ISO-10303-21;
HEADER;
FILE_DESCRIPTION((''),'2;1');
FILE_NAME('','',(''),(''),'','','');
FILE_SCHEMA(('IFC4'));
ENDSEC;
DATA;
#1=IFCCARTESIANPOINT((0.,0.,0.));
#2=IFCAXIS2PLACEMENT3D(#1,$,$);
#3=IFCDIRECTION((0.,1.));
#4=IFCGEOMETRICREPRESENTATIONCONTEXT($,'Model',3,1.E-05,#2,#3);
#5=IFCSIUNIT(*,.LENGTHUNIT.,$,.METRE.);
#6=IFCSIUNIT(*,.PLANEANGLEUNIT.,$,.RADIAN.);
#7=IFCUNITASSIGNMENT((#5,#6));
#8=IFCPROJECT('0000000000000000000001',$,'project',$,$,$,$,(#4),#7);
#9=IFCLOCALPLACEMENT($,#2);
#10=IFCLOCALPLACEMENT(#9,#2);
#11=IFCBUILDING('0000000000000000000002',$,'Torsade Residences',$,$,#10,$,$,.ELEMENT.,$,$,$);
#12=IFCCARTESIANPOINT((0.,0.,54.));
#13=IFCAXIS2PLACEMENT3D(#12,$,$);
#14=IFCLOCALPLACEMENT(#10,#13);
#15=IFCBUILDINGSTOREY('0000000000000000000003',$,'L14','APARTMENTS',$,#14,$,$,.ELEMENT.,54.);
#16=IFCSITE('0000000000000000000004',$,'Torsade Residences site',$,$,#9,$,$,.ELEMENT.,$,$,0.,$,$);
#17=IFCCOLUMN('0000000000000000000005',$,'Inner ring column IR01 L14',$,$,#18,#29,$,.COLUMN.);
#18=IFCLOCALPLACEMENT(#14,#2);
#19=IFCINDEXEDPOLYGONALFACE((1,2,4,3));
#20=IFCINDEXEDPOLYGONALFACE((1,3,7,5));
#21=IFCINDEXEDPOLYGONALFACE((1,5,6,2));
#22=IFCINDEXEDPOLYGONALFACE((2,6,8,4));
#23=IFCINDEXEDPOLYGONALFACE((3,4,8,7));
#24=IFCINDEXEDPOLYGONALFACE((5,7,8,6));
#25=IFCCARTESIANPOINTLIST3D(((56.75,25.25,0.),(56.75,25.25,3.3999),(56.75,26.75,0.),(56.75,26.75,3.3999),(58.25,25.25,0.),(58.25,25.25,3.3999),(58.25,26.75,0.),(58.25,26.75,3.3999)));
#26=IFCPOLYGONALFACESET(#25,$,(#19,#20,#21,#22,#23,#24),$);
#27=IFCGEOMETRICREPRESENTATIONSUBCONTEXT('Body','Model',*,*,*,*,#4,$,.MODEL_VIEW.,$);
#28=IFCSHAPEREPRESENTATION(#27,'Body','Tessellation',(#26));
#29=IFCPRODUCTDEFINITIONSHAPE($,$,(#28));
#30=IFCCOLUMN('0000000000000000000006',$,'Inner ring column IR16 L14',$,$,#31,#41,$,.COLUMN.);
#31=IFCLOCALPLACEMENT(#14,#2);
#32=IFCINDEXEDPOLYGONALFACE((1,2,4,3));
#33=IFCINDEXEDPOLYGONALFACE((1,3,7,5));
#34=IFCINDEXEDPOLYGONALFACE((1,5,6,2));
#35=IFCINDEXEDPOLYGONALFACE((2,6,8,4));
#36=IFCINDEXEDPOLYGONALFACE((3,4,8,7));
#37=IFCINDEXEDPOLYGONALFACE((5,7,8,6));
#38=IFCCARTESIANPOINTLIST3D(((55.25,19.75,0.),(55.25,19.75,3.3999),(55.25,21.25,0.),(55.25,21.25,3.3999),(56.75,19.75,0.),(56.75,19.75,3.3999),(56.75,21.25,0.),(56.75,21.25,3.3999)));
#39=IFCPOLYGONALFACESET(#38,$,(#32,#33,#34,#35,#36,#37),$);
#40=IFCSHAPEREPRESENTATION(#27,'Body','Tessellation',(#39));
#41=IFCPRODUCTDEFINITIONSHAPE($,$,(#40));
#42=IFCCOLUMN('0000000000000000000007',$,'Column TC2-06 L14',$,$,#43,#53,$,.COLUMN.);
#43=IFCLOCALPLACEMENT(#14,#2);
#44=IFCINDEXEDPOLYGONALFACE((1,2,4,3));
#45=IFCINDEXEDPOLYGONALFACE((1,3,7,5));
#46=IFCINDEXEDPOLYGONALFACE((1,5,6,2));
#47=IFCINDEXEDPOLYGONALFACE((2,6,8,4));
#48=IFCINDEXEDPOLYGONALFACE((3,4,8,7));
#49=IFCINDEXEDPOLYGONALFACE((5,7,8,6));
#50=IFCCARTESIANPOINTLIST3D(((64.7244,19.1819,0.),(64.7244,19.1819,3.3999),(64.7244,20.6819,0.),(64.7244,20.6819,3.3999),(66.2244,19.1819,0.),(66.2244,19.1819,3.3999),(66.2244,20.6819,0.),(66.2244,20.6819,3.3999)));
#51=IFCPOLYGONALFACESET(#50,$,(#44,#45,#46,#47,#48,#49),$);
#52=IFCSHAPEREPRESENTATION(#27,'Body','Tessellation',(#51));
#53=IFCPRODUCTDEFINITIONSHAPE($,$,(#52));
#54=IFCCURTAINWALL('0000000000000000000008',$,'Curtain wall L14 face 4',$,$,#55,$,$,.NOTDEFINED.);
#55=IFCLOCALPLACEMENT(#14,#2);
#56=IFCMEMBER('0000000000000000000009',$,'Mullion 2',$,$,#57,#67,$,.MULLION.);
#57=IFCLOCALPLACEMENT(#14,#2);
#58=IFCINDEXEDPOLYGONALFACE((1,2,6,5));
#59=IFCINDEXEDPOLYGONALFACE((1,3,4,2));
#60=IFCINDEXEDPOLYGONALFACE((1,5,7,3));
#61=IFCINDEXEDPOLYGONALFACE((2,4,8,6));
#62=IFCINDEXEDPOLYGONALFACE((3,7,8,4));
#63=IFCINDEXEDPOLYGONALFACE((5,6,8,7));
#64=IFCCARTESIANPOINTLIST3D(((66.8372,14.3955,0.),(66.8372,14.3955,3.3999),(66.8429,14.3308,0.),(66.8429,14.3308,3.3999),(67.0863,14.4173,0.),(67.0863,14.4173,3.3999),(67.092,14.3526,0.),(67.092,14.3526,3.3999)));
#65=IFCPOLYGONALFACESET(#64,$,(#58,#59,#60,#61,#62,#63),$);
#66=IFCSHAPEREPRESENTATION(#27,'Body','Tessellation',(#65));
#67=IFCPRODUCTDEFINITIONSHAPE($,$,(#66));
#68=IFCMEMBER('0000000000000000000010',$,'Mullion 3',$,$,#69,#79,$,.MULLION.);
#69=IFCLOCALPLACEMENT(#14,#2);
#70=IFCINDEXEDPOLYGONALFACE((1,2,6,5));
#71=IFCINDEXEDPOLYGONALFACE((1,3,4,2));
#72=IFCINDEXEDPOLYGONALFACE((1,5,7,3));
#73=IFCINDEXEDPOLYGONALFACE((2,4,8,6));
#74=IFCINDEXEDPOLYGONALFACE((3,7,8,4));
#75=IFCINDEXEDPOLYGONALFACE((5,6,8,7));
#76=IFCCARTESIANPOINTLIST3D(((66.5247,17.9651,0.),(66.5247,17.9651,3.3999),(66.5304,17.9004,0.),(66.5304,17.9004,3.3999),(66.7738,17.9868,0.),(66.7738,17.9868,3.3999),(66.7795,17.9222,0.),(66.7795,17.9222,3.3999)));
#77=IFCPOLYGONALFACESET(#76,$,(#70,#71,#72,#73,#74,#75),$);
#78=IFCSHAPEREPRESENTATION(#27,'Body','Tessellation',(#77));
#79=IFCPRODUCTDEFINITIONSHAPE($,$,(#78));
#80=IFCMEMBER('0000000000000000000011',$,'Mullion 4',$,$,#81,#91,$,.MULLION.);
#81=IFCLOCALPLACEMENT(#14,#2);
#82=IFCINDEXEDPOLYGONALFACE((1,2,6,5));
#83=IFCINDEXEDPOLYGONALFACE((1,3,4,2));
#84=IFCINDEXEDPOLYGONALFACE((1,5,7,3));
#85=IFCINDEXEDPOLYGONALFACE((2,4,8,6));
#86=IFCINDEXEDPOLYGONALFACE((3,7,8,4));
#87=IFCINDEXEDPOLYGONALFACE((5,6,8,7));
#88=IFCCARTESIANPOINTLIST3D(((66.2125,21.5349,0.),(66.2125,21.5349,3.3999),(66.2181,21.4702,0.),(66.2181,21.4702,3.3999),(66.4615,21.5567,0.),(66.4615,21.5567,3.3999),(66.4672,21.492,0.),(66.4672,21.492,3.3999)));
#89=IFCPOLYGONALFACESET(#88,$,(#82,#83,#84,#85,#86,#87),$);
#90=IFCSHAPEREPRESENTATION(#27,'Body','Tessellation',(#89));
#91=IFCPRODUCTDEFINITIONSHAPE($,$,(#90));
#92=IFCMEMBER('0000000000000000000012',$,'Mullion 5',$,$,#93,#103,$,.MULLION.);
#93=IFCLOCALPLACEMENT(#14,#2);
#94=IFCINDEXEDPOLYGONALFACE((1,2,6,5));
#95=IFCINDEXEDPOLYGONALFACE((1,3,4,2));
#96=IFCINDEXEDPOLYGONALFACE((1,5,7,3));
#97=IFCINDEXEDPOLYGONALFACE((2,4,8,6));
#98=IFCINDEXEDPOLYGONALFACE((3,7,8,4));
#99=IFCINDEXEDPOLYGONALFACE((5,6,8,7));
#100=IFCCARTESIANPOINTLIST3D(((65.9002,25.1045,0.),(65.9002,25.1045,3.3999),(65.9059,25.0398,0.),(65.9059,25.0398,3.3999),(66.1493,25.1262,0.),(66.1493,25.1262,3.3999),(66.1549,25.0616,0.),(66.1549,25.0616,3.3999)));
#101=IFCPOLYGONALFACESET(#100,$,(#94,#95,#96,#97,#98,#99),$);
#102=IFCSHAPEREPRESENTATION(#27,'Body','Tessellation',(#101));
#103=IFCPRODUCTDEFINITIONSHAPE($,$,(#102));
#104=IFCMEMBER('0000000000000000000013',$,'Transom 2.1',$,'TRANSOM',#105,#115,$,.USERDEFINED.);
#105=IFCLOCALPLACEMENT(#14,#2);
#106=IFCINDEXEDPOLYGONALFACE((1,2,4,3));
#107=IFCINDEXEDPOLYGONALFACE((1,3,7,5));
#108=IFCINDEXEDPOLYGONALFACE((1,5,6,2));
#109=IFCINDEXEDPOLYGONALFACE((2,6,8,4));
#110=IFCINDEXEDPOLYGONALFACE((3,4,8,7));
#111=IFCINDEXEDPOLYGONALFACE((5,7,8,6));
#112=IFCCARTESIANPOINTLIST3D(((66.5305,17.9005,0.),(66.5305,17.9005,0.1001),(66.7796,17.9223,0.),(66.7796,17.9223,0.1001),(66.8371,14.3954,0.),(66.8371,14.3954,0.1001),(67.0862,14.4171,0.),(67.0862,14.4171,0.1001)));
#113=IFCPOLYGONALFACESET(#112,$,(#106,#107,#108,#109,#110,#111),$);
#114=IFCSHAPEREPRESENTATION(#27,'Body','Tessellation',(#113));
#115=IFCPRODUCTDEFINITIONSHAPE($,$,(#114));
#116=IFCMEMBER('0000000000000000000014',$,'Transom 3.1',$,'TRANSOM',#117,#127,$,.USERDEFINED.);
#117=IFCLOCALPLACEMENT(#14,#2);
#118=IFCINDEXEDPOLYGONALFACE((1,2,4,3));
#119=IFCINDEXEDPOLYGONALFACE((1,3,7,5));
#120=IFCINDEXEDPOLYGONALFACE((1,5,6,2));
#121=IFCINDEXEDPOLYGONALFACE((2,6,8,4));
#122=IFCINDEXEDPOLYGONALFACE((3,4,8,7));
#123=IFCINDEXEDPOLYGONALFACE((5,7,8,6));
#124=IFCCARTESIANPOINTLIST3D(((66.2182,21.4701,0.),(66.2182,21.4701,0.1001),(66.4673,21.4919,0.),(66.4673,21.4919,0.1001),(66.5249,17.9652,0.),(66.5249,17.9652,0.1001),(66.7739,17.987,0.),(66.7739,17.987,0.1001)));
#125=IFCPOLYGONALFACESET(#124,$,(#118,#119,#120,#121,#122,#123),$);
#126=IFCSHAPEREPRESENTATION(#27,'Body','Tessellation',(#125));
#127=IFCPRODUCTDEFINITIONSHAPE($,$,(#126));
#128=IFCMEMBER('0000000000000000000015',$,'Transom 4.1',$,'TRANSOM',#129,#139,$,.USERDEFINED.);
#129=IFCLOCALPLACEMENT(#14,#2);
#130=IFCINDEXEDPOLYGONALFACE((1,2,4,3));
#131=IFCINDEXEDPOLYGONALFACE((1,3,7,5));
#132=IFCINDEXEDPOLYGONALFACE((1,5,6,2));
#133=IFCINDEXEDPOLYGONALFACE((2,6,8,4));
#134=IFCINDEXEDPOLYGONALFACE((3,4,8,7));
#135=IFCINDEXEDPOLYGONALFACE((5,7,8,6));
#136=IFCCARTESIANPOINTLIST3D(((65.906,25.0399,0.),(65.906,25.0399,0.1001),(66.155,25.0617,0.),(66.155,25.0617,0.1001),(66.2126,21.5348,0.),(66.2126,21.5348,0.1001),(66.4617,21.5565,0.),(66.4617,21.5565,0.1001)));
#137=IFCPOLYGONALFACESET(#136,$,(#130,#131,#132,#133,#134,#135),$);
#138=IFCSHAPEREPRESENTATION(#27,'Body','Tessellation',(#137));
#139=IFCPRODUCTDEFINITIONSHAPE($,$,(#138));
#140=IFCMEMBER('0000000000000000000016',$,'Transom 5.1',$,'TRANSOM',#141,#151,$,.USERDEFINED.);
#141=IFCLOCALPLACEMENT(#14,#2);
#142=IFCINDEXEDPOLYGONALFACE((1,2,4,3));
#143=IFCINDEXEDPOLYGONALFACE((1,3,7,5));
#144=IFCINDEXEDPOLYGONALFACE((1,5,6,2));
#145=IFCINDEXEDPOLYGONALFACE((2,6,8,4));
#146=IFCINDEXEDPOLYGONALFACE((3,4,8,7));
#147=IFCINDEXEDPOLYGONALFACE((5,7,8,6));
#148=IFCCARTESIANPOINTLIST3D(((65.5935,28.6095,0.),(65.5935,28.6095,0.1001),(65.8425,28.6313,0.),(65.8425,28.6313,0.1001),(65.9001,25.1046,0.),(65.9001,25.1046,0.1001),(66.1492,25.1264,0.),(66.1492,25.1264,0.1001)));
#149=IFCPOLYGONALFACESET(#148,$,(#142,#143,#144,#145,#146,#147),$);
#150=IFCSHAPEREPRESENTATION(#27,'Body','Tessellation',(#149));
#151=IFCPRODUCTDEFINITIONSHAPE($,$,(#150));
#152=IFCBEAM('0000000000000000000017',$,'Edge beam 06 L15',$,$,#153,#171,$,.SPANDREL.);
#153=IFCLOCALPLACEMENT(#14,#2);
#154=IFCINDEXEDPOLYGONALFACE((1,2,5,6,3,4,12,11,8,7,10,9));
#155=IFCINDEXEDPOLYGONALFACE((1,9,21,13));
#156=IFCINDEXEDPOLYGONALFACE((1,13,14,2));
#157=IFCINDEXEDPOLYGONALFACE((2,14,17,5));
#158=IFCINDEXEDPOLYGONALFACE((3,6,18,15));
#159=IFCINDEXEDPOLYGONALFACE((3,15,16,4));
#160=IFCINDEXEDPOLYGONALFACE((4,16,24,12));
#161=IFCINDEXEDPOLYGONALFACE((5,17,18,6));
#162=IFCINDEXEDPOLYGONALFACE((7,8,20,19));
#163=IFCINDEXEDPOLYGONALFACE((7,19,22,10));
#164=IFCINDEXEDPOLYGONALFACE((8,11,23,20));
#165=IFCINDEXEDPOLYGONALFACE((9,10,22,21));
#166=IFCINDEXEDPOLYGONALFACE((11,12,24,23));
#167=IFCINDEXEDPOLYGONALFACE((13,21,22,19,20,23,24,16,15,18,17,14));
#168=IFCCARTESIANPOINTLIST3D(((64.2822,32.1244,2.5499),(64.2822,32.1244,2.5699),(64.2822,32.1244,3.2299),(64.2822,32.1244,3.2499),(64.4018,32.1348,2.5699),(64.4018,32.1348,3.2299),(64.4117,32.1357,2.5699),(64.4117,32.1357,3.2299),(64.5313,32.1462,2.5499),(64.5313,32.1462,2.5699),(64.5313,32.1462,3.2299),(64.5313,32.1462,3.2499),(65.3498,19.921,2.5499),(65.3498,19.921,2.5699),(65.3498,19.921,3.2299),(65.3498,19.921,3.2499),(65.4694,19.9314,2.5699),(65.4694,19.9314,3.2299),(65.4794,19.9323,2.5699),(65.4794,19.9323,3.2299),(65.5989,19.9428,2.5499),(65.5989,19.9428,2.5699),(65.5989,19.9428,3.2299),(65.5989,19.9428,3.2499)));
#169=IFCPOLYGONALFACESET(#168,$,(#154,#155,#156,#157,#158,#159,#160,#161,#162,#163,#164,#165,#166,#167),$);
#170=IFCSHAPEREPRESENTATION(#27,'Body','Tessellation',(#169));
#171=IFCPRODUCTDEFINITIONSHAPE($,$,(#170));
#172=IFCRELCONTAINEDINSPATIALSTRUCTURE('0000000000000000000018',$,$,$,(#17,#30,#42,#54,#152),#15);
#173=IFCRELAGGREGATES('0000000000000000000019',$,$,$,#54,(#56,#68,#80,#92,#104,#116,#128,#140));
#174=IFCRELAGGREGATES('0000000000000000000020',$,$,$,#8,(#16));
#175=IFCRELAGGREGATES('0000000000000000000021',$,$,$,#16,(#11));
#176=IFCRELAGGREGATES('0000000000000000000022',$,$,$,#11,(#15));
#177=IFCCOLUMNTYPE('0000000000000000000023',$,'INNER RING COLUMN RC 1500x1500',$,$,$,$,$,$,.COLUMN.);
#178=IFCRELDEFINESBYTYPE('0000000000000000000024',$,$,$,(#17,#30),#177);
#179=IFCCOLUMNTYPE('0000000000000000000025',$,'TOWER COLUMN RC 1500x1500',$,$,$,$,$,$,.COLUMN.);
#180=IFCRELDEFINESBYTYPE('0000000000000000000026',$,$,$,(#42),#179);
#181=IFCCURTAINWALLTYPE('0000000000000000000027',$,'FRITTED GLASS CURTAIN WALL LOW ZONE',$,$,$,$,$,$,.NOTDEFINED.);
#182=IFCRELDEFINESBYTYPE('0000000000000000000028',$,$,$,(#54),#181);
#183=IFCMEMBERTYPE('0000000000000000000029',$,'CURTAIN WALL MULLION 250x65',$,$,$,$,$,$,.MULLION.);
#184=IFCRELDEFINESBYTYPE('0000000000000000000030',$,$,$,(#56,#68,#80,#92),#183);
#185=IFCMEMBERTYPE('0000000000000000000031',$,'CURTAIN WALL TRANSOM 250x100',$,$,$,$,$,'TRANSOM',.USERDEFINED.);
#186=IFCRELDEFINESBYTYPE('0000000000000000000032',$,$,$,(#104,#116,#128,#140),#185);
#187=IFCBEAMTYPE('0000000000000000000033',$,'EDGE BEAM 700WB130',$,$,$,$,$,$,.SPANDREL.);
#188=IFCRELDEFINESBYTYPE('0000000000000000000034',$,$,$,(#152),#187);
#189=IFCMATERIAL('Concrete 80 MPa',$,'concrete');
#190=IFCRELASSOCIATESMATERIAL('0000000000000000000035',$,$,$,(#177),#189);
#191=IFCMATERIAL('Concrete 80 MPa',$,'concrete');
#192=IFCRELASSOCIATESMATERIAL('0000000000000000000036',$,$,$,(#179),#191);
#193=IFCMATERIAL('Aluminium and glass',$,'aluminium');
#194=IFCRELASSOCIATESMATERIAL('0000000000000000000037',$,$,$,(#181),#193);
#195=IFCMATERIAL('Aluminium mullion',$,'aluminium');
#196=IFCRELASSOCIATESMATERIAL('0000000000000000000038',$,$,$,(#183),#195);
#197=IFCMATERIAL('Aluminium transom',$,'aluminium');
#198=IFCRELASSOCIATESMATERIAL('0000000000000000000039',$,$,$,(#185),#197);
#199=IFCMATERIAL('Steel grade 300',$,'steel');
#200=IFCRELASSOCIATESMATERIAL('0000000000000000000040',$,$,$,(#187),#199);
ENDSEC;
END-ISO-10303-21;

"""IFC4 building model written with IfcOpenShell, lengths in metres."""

from ifc_helpers import new_model, si_unit, direction, frame, origin, origin_2d, place, context, subcontext, project, spatial, rectangle, i_section, extrude, material, material_profile, profile_set, type_object, element, aggregate, save


model = new_model("IFC4")

# Units and contexts
model_context = context("Model", 3, precision=1e-05, world=origin(), true_north=direction((0.0, 1.0)))
body_context = subcontext(model_context, "Body", "Model", "MODEL_VIEW")
ifc_project = project(units=[si_unit("LENGTHUNIT", "METRE"), si_unit("PLANEANGLEUNIT", "RADIAN")], contexts=[model_context])

# Site, building, storey
site_placement = place(None, origin())
site = spatial("IfcSite", under=ifc_project, at=site_placement, Name="Torsade Residences site", CompositionType="ELEMENT", RefElevation=0.0)
building_placement = place(site_placement, origin())
building = spatial("IfcBuilding", under=site, at=building_placement, Name="Torsade Residences", CompositionType="ELEMENT")
storey_placement = place(building_placement, frame((0.0, 0.0, 54.0)))
storey = spatial("IfcBuildingStorey", under=building, at=storey_placement, Name="L14", Description="APARTMENTS", CompositionType="ELEMENT", Elevation=54.0)

# Columns
ifc_material_1 = material(Name="Concrete 80 MPa", Category="concrete")
ifc_material_profile_1 = material_profile(ifc_material_1, rectangle(XDim=1.5, YDim=1.5, at=origin_2d()), Name="RC 1500x1500")
ifc_profile_set_1 = profile_set([ifc_material_profile_1], Name="Concrete 80 MPa")
column_type_1 = type_object("IfcColumnType", Name="INNER RING COLUMN RC 1500x1500", PredefinedType="COLUMN", material=ifc_profile_set_1)
for number, where, z_axis, x_axis, name in (
    (1, (57.5, 26.0, 0.0), (0.0, 0.0, 1.0), (1.0, 0.0, 0.0), "Inner ring column IR01 L14"),
    (2, (56.0, 20.5, 0.0), (0.0, 0.0, 1.0), (1.0, 0.0, 0.0), "Inner ring column IR16 L14"),
):
    element("IfcColumn", number, at=place(storey_placement, frame(where, z_axis=z_axis, x_axis=x_axis)), inside=storey, type_object=column_type_1, Name=name, PredefinedType="COLUMN", context=body_context, shape_type="SweptSolid", body=[
        extrude(rectangle(XDim=1.5, YDim=1.5, at=origin_2d()), origin(), (0.0, 0.0, 1.0), 3.3999),
    ])
ifc_material_2 = material(Name="Concrete 80 MPa", Category="concrete")
ifc_material_profile_2 = material_profile(ifc_material_2, rectangle(XDim=1.5, YDim=1.5, at=origin_2d()), Name="RC 1500x1500")
ifc_profile_set_2 = profile_set([ifc_material_profile_2], Name="Concrete 80 MPa")
column_type_2 = type_object("IfcColumnType", Name="TOWER COLUMN RC 1500x1500", PredefinedType="COLUMN", material=ifc_profile_set_2)
column_placement = place(storey_placement, frame((65.4744, 19.9319, 0.0), z_axis=(0.0, 0.0, 1.0), x_axis=(1.0, 0.0, 0.0)))
element("IfcColumn", 3, at=column_placement, inside=storey, type_object=column_type_2, Name="Column TC2-06 L14", PredefinedType="COLUMN", context=body_context, shape_type="SweptSolid", body=[
    extrude(rectangle(XDim=1.5, YDim=1.5, at=origin_2d()), origin(), (0.0, 0.0, 1.0), 3.3999),
])

# Curtain wall, members
ifc_material_3 = material(Name="Aluminium and glass", Category="aluminium")
curtain_wall_type = type_object("IfcCurtainWallType", Name="FRITTED GLASS CURTAIN WALL LOW ZONE", PredefinedType="NOTDEFINED", material=ifc_material_3)
curtain_wall_placement = place(storey_placement, origin())
curtain_wall = element("IfcCurtainWall", 4, at=curtain_wall_placement, inside=storey, type_object=curtain_wall_type, Name="Curtain wall L14 face 4", PredefinedType="NOTDEFINED")
ifc_material_4 = material(Name="Aluminium mullion", Category="aluminium")
ifc_material_profile_3 = material_profile(ifc_material_4, rectangle(XDim=0.25, YDim=0.0649, at=origin_2d()), Name="CURTAIN WALL MULLION 250x65")
ifc_profile_set_3 = profile_set([ifc_material_profile_3], Name="Aluminium mullion")
member_type_1 = type_object("IfcMemberType", Name="CURTAIN WALL MULLION 250x65", PredefinedType="MULLION", material=ifc_profile_set_3)
member_1_placement = place(storey_placement, frame((66.9646, 14.374, 0.0), z_axis=(0.0, 0.0, 1.0), x_axis=(-0.996195, -0.087156, 0.0)))
member_1 = element("IfcMember", 5, at=member_1_placement, type_object=member_type_1, Name="Mullion 2", PredefinedType="MULLION", context=body_context, shape_type="SweptSolid", body=[
    extrude(rectangle(XDim=0.25, YDim=0.0649, at=origin_2d()), origin(), (0.0, 0.0, 1.0), 3.3999),
])
member_2_placement = place(storey_placement, frame((66.6521, 17.9436, 0.0), z_axis=(0.0, 0.0, 1.0), x_axis=(-0.996195, -0.087156, 0.0)))
member_2 = element("IfcMember", 6, at=member_2_placement, type_object=member_type_1, Name="Mullion 3", PredefinedType="MULLION", context=body_context, shape_type="SweptSolid", body=[
    extrude(rectangle(XDim=0.25, YDim=0.0649, at=origin_2d()), origin(), (0.0, 0.0, 1.0), 3.3999),
])
member_3_placement = place(storey_placement, frame((66.3398, 21.5134, 0.0), z_axis=(0.0, 0.0, 1.0), x_axis=(-0.996195, -0.087156, 0.0)))
member_3 = element("IfcMember", 7, at=member_3_placement, type_object=member_type_1, Name="Mullion 4", PredefinedType="MULLION", context=body_context, shape_type="SweptSolid", body=[
    extrude(rectangle(XDim=0.25, YDim=0.0649, at=origin_2d()), origin(), (0.0, 0.0, 1.0), 3.3999),
])
member_4_placement = place(storey_placement, frame((66.0276, 25.083, 0.0), z_axis=(0.0, 0.0, 1.0), x_axis=(-0.996195, -0.087156, 0.0)))
member_4 = element("IfcMember", 8, at=member_4_placement, type_object=member_type_1, Name="Mullion 5", PredefinedType="MULLION", context=body_context, shape_type="SweptSolid", body=[
    extrude(rectangle(XDim=0.25, YDim=0.0649, at=origin_2d()), origin(), (0.0, 0.0, 1.0), 3.3999),
])
ifc_material_5 = material(Name="Aluminium transom", Category="aluminium")
ifc_material_profile_4 = material_profile(ifc_material_5, rectangle(XDim=0.25, YDim=0.1001, at=origin_2d()), Name="CURTAIN WALL TRANSOM 250x100")
ifc_profile_set_4 = profile_set([ifc_material_profile_4], Name="Aluminium transom")
member_type_2 = type_object("IfcMemberType", Name="CURTAIN WALL TRANSOM 250x100", ElementType="TRANSOM", PredefinedType="USERDEFINED", material=ifc_profile_set_4)
member_5_placement = place(storey_placement, frame((66.9617, 14.4062, 0.05), z_axis=(-0.087151, 0.996195, 0.0), x_axis=(-0.996195, -0.087151, 0.0)))
member_5 = element("IfcMember", 9, at=member_5_placement, type_object=member_type_2, Name="Transom 2.1", ObjectType="TRANSOM", PredefinedType="USERDEFINED", context=body_context, shape_type="SweptSolid", body=[
    extrude(rectangle(XDim=0.25, YDim=0.1001, at=origin_2d()), origin(), (0.0, 0.0, 1.0), 3.5186),
])
member_6_placement = place(storey_placement, frame((66.6494, 17.9761, 0.05), z_axis=(-0.087157, 0.996195, 0.0), x_axis=(-0.996195, -0.087157, 0.0)))
member_6 = element("IfcMember", 10, at=member_6_placement, type_object=member_type_2, Name="Transom 3.1", ObjectType="TRANSOM", PredefinedType="USERDEFINED", context=body_context, shape_type="SweptSolid", body=[
    extrude(rectangle(XDim=0.25, YDim=0.1001, at=origin_2d()), origin(), (0.0, 0.0, 1.0), 3.5183),
])
member_7_placement = place(storey_placement, frame((66.3372, 21.5457, 0.05), z_axis=(-0.087151, 0.996195, 0.0), x_axis=(-0.996195, -0.087151, 0.0)))
member_7 = element("IfcMember", 11, at=member_7_placement, type_object=member_type_2, Name="Transom 4.1", ObjectType="TRANSOM", PredefinedType="USERDEFINED", context=body_context, shape_type="SweptSolid", body=[
    extrude(rectangle(XDim=0.25, YDim=0.1001, at=origin_2d()), origin(), (0.0, 0.0, 1.0), 3.5186),
])
member_8_placement = place(storey_placement, frame((66.0247, 25.1155, 0.05), z_axis=(-0.087157, 0.996195, 0.0), x_axis=(-0.996195, -0.087157, 0.0)))
member_8 = element("IfcMember", 12, at=member_8_placement, type_object=member_type_2, Name="Transom 5.1", ObjectType="TRANSOM", PredefinedType="USERDEFINED", context=body_context, shape_type="SweptSolid", body=[
    extrude(rectangle(XDim=0.25, YDim=0.1001, at=origin_2d()), origin(), (0.0, 0.0, 1.0), 3.5183),
])

# Beam
ifc_material_6 = material(Name="Steel grade 300", Category="steel")
ifc_material_profile_5 = material_profile(ifc_material_6, i_section(OverallWidth=0.25, OverallDepth=0.7, WebThickness=0.01, FlangeThickness=0.02, at=origin_2d()), Name="700WB130")
ifc_profile_set_5 = profile_set([ifc_material_profile_5], Name="Steel grade 300")
beam_type_1 = type_object("IfcBeamType", Name="EDGE BEAM 700WB130", PredefinedType="SPANDREL", material=ifc_profile_set_5)
beam_1_placement = place(storey_placement, frame((65.4744, 19.9319, 2.8999), z_axis=(-0.087153, 0.996195, 0.0), x_axis=(-0.996195, -0.087153, 0.0)))
element("IfcBeam", 13, at=beam_1_placement, inside=storey, type_object=beam_type_1, Name="Edge beam 06 L15", PredefinedType="SPANDREL", context=body_context, shape_type="SweptSolid", body=[
    extrude(i_section(OverallWidth=0.25, OverallDepth=0.7, WebThickness=0.01, FlangeThickness=0.02, at=origin_2d()), origin(), (0.0, 0.0, 1.0), 12.25),
])

aggregate(curtain_wall, [member_1, member_2, member_3, member_4, member_5, member_6, member_7, member_8])

save(model, "model.ifc")
